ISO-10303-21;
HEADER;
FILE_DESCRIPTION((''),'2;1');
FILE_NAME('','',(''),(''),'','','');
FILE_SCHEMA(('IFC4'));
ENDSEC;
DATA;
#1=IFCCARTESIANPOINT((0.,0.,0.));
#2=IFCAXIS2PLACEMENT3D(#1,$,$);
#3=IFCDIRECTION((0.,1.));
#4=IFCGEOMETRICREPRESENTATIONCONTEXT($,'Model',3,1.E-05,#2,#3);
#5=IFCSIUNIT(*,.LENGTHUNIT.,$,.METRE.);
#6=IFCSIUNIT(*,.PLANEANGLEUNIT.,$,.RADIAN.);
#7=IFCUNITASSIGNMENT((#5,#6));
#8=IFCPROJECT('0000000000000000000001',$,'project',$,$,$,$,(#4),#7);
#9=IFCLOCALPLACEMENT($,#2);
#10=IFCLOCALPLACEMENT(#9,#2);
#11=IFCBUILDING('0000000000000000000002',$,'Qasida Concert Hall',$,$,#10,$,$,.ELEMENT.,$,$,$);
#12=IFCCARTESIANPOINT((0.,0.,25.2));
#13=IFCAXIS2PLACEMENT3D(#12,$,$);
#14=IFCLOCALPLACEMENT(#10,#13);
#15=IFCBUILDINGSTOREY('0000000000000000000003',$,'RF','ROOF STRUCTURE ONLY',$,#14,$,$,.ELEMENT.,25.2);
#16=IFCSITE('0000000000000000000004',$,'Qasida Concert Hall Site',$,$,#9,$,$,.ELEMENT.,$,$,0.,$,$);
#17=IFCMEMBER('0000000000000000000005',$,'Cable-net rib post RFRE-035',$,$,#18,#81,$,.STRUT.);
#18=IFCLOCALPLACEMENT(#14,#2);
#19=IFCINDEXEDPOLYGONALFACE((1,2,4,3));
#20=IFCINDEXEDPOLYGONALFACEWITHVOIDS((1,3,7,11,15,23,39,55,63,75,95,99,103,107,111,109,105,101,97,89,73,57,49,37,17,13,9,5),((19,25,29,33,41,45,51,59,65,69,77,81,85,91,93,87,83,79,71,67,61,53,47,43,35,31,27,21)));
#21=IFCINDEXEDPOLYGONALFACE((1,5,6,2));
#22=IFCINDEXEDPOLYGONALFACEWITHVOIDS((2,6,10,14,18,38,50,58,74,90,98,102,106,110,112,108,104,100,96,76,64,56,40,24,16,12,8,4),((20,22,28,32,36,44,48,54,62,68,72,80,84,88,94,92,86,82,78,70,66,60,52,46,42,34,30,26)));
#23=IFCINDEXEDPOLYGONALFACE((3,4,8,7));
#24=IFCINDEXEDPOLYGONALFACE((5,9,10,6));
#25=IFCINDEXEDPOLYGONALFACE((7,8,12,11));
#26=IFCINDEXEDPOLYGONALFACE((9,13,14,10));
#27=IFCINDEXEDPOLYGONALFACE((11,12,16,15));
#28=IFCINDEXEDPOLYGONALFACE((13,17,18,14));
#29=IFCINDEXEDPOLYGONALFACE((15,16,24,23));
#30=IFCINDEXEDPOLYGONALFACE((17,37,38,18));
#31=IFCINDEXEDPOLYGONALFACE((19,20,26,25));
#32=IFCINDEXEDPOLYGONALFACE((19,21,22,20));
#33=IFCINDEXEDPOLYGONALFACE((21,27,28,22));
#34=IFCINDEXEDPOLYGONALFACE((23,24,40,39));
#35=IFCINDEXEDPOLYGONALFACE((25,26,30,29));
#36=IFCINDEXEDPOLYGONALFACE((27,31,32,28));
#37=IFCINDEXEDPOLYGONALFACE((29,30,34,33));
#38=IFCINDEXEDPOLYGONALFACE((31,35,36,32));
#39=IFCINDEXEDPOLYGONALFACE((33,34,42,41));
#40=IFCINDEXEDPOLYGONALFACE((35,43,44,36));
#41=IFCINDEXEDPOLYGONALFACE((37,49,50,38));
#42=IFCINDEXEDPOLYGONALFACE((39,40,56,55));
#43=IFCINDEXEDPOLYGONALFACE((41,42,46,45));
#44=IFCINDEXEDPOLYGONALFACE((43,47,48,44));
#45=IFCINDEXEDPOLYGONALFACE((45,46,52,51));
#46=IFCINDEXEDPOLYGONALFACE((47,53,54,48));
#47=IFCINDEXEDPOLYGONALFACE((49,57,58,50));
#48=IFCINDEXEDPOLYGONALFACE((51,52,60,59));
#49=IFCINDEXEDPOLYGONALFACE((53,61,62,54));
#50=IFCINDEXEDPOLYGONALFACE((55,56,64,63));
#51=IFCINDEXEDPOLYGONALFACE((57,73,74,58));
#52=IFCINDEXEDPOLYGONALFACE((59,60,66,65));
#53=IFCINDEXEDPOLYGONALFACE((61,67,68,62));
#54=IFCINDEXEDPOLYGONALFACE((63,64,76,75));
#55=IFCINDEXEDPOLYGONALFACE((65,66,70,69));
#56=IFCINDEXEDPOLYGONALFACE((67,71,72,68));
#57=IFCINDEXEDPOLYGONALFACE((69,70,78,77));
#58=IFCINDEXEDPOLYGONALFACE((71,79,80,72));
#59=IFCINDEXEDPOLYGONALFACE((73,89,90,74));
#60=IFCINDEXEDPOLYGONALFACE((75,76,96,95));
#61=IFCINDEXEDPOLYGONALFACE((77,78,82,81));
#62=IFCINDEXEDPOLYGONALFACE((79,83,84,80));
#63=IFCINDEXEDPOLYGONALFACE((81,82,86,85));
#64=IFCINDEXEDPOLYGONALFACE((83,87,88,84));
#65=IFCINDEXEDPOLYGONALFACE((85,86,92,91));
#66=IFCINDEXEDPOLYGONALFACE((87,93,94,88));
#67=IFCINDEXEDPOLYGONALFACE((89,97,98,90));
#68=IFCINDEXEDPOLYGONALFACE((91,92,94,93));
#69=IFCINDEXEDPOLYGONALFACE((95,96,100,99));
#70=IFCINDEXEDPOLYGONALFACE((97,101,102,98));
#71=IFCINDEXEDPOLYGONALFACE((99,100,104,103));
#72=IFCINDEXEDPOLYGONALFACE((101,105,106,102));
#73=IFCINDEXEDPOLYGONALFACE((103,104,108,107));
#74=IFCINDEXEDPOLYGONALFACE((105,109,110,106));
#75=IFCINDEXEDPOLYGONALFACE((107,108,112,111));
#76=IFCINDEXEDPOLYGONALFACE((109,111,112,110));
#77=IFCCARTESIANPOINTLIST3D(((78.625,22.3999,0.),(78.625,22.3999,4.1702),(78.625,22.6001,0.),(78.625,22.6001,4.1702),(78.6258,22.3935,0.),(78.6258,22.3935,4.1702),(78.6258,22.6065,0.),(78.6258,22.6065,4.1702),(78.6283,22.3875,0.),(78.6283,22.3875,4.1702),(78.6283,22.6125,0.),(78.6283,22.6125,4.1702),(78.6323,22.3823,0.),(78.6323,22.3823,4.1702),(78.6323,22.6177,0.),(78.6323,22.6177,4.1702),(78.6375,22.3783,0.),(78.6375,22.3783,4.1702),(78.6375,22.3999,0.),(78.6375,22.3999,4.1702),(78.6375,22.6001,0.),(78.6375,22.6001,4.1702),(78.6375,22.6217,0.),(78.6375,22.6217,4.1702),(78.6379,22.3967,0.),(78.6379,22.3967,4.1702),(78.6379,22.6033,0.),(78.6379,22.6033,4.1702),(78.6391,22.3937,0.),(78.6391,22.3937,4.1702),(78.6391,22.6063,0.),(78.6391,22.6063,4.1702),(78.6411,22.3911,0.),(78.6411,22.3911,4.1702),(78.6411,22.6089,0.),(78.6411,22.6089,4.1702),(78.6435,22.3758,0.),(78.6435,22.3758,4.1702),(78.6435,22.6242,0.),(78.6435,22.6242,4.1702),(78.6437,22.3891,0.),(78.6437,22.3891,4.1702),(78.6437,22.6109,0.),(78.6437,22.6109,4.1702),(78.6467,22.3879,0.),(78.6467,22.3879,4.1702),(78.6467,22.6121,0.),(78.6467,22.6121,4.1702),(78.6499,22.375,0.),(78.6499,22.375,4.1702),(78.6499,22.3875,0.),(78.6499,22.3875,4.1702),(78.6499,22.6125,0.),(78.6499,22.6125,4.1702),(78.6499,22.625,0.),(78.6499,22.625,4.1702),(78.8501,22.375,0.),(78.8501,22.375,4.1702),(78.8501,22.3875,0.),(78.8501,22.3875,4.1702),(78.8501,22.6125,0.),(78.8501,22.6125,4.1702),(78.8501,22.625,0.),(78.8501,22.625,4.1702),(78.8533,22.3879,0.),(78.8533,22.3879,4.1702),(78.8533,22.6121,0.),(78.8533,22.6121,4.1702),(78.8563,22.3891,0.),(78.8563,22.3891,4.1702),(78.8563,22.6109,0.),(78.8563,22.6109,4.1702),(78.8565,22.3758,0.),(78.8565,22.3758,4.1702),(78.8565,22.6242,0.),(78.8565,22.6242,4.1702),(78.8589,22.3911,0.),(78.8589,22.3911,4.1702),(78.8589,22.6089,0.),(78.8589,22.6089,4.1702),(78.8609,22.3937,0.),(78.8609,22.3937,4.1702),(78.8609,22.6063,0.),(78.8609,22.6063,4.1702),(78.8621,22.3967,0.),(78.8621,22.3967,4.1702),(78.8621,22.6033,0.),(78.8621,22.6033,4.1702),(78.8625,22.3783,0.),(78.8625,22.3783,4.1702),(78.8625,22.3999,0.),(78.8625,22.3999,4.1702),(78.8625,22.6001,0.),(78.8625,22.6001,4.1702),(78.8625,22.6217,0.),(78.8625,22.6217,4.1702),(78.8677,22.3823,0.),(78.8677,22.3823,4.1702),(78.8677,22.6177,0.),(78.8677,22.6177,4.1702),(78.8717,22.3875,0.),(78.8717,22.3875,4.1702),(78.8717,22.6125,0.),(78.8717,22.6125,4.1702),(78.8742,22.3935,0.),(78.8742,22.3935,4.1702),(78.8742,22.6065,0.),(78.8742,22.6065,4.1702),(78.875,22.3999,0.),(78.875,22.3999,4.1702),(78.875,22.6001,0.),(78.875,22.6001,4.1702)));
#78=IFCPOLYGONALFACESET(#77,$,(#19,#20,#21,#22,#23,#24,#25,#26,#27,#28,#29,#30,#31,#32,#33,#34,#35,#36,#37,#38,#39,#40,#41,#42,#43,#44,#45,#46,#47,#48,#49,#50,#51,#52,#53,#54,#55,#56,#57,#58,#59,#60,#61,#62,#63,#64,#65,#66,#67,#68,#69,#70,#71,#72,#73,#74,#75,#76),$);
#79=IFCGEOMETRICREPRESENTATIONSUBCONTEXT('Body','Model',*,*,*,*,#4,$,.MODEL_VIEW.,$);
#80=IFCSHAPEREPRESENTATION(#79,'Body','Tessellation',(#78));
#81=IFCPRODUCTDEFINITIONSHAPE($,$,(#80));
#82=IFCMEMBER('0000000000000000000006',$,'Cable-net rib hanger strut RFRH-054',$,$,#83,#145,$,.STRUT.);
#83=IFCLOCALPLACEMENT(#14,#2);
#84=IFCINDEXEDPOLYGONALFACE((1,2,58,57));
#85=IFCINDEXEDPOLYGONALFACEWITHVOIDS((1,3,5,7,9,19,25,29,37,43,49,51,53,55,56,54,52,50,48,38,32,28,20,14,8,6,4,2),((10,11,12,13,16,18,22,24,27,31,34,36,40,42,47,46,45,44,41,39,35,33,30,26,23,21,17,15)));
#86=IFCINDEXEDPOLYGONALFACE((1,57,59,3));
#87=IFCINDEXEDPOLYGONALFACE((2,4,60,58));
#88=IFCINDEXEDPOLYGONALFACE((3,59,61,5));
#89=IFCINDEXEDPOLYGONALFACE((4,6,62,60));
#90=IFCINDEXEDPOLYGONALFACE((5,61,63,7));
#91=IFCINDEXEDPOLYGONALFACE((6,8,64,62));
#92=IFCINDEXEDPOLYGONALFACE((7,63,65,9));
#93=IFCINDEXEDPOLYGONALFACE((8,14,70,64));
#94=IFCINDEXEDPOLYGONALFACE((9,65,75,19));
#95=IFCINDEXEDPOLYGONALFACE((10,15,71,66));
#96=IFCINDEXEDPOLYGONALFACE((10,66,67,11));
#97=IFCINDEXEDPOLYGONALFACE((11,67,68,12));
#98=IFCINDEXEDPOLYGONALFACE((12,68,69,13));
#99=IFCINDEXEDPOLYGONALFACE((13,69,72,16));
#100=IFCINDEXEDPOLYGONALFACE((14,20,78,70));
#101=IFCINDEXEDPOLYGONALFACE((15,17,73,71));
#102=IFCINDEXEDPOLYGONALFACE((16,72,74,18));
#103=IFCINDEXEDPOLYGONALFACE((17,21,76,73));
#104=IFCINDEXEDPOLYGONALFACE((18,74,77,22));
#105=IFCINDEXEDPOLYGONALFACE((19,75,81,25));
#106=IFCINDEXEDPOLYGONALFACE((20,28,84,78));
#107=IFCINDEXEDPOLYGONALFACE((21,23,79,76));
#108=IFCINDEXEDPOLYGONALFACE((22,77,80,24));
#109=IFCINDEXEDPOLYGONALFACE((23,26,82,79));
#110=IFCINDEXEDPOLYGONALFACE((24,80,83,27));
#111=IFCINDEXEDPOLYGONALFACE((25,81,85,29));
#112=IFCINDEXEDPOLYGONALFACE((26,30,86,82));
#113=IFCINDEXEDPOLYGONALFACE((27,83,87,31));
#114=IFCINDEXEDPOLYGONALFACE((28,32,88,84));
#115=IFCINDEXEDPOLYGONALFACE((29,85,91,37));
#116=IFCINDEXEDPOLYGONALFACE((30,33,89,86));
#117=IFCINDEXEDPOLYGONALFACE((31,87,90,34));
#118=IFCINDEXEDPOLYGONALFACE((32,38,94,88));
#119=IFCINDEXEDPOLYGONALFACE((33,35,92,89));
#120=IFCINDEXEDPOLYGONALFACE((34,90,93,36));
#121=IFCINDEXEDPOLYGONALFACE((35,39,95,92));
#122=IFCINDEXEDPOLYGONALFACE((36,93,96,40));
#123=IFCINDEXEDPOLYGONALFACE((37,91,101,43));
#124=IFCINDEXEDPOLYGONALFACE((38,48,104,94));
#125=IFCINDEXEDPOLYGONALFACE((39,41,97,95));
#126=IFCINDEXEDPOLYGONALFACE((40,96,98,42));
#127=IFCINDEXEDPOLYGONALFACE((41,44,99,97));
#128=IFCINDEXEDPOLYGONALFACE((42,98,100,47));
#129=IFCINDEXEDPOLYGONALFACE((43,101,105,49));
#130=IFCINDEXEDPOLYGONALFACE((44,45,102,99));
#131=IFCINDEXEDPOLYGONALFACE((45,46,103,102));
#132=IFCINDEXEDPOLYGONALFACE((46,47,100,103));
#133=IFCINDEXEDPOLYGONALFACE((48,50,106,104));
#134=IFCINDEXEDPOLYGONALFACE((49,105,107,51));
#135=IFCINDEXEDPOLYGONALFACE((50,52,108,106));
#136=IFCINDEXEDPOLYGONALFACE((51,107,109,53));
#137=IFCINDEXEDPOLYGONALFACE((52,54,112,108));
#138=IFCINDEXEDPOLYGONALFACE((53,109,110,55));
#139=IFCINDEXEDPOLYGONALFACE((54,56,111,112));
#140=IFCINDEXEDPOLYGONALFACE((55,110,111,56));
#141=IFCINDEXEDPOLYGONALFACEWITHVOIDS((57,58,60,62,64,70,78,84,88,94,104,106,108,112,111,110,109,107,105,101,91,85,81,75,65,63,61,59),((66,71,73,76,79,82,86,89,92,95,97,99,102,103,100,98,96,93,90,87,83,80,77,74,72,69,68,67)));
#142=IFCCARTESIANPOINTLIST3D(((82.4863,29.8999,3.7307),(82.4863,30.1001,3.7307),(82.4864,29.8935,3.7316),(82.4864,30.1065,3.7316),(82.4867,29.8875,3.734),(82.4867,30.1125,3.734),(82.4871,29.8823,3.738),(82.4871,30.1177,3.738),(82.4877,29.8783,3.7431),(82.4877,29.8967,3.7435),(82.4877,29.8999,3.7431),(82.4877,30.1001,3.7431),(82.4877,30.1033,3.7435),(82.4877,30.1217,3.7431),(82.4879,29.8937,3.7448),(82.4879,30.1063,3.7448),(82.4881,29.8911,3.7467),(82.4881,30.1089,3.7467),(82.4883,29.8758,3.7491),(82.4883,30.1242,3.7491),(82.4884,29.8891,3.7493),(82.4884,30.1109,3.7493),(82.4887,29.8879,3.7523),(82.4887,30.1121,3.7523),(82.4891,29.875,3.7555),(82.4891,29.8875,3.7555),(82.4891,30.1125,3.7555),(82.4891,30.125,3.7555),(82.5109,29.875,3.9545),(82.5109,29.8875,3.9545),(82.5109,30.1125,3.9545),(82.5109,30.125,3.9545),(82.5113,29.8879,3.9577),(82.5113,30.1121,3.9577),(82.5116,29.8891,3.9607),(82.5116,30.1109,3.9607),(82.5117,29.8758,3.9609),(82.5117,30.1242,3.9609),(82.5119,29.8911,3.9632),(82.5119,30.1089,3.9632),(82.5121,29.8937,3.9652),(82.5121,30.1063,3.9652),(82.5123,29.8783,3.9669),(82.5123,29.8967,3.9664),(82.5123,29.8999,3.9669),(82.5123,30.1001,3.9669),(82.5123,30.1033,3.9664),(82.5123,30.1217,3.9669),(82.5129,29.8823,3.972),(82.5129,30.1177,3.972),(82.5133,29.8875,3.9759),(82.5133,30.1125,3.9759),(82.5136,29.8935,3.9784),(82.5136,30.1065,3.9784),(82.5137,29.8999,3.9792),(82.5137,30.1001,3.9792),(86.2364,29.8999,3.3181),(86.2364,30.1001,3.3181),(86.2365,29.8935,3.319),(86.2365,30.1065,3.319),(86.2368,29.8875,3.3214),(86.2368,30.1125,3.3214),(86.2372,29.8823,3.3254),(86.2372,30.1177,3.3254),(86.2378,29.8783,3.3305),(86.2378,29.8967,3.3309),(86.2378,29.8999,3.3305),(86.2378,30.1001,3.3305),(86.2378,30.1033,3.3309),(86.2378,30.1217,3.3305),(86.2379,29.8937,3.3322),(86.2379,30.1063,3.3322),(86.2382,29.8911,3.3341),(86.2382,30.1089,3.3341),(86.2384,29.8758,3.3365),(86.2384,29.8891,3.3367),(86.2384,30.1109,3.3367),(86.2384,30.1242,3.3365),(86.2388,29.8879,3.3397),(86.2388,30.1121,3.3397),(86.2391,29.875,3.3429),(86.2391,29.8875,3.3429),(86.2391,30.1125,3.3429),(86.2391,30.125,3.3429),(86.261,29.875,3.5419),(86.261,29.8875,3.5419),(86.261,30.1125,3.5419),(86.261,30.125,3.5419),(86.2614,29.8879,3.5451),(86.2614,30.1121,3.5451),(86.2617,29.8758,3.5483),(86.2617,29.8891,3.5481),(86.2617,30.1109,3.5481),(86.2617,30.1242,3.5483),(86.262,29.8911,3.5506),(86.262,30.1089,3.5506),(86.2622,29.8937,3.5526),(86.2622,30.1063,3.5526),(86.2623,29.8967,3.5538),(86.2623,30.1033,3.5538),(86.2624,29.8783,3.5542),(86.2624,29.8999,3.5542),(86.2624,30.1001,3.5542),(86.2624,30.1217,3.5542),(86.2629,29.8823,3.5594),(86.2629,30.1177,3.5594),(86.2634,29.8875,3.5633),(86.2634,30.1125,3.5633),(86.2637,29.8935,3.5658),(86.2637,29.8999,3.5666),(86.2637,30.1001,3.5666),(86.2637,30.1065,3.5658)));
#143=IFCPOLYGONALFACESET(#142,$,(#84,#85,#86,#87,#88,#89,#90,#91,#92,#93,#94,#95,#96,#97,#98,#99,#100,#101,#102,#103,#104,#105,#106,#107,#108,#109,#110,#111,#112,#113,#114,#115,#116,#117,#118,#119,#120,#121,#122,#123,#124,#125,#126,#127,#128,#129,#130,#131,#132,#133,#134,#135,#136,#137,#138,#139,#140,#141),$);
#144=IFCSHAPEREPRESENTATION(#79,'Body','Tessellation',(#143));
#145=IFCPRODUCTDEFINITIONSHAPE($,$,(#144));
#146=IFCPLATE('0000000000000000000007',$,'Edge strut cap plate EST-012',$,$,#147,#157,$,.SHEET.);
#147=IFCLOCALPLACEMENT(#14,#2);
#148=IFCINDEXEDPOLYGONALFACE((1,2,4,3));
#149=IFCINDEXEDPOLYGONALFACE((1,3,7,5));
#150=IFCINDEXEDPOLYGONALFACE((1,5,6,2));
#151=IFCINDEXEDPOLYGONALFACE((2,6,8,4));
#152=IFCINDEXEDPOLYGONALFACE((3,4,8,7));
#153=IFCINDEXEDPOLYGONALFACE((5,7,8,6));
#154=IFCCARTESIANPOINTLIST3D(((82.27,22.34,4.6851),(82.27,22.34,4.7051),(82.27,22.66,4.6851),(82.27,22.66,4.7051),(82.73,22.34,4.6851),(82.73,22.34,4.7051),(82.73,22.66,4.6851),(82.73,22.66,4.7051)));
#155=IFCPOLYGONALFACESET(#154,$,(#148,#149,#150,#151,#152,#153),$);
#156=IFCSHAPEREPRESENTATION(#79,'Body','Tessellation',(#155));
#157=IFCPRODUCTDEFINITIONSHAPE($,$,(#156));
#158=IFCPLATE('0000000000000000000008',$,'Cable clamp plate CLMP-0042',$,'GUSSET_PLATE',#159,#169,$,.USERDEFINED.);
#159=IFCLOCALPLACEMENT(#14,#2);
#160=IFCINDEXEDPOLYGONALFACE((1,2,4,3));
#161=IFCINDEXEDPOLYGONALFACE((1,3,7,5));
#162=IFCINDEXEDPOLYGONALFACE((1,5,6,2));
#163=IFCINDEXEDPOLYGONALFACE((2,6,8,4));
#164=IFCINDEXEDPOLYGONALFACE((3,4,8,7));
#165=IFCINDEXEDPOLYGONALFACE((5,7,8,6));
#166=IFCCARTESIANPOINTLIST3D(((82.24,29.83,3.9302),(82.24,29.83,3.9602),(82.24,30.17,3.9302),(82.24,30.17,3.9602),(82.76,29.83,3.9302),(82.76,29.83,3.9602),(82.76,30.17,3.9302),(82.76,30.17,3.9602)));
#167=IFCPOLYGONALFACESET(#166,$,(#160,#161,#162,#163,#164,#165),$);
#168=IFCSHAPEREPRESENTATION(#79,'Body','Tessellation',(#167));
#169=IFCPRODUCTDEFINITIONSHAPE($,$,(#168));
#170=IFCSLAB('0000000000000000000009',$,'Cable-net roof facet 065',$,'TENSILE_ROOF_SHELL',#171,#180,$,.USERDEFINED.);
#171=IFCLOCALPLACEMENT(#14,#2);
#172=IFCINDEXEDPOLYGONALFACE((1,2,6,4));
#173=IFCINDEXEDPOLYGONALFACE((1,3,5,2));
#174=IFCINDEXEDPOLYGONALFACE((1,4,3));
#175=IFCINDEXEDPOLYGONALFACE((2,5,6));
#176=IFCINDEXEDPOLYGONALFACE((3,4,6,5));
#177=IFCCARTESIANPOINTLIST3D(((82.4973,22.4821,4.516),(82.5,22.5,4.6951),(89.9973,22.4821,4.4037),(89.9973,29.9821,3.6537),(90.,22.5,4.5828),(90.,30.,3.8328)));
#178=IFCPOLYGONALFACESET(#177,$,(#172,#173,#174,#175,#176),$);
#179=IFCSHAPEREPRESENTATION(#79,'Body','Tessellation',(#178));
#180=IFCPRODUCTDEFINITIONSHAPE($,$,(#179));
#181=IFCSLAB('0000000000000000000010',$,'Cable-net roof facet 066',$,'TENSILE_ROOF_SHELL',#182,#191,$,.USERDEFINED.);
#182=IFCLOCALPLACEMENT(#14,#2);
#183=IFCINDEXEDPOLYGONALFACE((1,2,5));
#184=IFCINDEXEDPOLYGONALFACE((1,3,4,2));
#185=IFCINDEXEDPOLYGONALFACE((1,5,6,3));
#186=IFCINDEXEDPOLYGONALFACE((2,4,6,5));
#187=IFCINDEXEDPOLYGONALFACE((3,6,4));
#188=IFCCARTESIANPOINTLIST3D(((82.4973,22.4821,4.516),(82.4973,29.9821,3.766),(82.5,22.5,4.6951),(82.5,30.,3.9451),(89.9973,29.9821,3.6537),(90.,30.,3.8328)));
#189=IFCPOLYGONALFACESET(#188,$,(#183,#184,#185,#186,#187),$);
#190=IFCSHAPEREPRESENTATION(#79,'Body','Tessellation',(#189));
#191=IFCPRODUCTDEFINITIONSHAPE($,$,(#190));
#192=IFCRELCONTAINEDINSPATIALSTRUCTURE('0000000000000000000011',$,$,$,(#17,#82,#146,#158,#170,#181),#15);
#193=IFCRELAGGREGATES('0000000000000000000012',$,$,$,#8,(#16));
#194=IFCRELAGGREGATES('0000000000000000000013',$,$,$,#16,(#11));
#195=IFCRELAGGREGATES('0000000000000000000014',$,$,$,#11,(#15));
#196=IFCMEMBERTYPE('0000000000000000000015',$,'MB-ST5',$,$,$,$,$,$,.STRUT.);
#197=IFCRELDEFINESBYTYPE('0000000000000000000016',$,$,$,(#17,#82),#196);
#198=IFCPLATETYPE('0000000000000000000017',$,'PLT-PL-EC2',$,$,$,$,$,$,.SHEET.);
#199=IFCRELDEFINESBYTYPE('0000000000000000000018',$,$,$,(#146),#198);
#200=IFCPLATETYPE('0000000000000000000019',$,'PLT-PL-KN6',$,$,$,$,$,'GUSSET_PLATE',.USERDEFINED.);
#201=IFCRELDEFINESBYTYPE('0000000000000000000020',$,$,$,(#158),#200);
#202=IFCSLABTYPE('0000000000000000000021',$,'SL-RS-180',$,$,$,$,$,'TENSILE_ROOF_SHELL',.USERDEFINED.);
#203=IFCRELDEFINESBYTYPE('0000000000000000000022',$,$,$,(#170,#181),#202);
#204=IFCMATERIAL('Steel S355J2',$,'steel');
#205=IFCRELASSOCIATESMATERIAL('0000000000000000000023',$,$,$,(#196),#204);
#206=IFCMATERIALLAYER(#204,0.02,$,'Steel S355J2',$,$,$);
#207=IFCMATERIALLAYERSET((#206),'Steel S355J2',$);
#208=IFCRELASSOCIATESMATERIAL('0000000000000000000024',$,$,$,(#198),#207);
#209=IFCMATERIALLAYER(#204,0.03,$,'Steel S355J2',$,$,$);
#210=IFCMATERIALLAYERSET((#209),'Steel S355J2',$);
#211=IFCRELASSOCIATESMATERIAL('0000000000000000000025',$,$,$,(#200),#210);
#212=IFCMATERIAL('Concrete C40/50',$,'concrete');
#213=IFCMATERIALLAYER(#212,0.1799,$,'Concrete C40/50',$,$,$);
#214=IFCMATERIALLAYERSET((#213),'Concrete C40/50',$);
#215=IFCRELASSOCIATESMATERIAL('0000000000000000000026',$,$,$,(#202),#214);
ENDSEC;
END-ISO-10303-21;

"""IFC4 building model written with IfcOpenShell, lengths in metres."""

from ifc_helpers import new_model, si_unit, direction, frame, origin, origin_2d, place, context, subcontext, project, spatial, polyline, rectangle, hollow_rectangle, outline, extrude, material, layer, layer_set, material_profile, profile_set, type_object, element, save


model = new_model("IFC4")

# Units and contexts
model_context = context("Model", 3, precision=1e-05, world=origin(), true_north=direction((0.0, 1.0)))
body_context = subcontext(model_context, "Body", "Model", "MODEL_VIEW")
ifc_project = project(units=[si_unit("LENGTHUNIT", "METRE"), si_unit("PLANEANGLEUNIT", "RADIAN")], contexts=[model_context])

# Site, building, storey
site_placement = place(None, origin())
site = spatial("IfcSite", under=ifc_project, at=site_placement, Name="Qasida Concert Hall Site", CompositionType="ELEMENT", RefElevation=0.0)
building_placement = place(site_placement, origin())
building = spatial("IfcBuilding", under=site, at=building_placement, Name="Qasida Concert Hall", CompositionType="ELEMENT")
storey_placement = place(building_placement, frame((0.0, 0.0, 25.2)))
storey = spatial("IfcBuildingStorey", under=building, at=storey_placement, Name="RF", Description="ROOF STRUCTURE ONLY", CompositionType="ELEMENT", Elevation=25.2)

# Members
ifc_material_1 = material(Name="Steel S355J2", Category="steel")
ifc_material_profile_1 = material_profile(ifc_material_1, hollow_rectangle(XDim=0.25, YDim=0.25, WallThickness=0.0125, InnerFilletRadius=0.0125, OuterFilletRadius=0.0249, at=origin_2d()), Name="SHS 250x250x12.5")
ifc_profile_set_1 = profile_set([ifc_material_profile_1], Name="Steel S355J2")
member_type_1 = type_object("IfcMemberType", Name="MB-ST5", PredefinedType="STRUT", material=ifc_profile_set_1)
member_1_placement = place(storey_placement, frame((78.75, 22.5, 0.0), z_axis=(0.0, 0.0, 1.0), x_axis=(1.0, 0.0, 0.0)))
element("IfcMember", 1, at=member_1_placement, inside=storey, type_object=member_type_1, Name="Cable-net rib post RFRE-035", PredefinedType="STRUT", context=body_context, shape_type="SweptSolid", body=[
    extrude(hollow_rectangle(XDim=0.25, YDim=0.25, WallThickness=0.0125, InnerFilletRadius=0.0125, OuterFilletRadius=0.0249, at=origin_2d()), origin(), (0.0, 0.0, 1.0), 4.1702),
])
member_2_placement = place(storey_placement, frame((82.5, 30.0, 3.855), z_axis=(0.994002, 0.0, -0.109366), x_axis=(0.0, 1.0, 0.0)))
element("IfcMember", 2, at=member_2_placement, inside=storey, type_object=member_type_1, Name="Cable-net rib hanger strut RFRH-054", PredefinedType="STRUT", context=body_context, shape_type="SweptSolid", body=[
    extrude(hollow_rectangle(XDim=0.25, YDim=0.25, WallThickness=0.0125, InnerFilletRadius=0.0125, OuterFilletRadius=0.0249, at=origin_2d()), origin(), (0.0, 0.0, 1.0), 3.7727),
])

# Plates
ifc_layer_1 = layer(ifc_material_1, 0.02, Name="Steel S355J2")
ifc_layer_set_1 = layer_set([ifc_layer_1], Name="Steel S355J2")
plate_type_1 = type_object("IfcPlateType", Name="PLT-PL-EC2", PredefinedType="SHEET", material=ifc_layer_set_1)
plate_1_placement = place(storey_placement, frame((82.5, 22.5, 4.6851), z_axis=(0.0, 0.0, 1.0), x_axis=(1.0, 0.0, 0.0)))
element("IfcPlate", 3, at=plate_1_placement, inside=storey, type_object=plate_type_1, Name="Edge strut cap plate EST-012", PredefinedType="SHEET", context=body_context, shape_type="SweptSolid", body=[
    extrude(rectangle(XDim=0.46, YDim=0.3201, at=origin_2d()), origin(), (0.0, 0.0, 1.0), 0.02),
])
ifc_layer_2 = layer(ifc_material_1, 0.03, Name="Steel S355J2")
ifc_layer_set_2 = layer_set([ifc_layer_2], Name="Steel S355J2")
plate_type_2 = type_object("IfcPlateType", Name="PLT-PL-KN6", ElementType="GUSSET_PLATE", PredefinedType="USERDEFINED", material=ifc_layer_set_2)
plate_2_placement = place(storey_placement, frame((82.5, 30.0, 3.9302), z_axis=(0.0, 0.0, 1.0), x_axis=(1.0, 0.0, 0.0)))
element("IfcPlate", 4, at=plate_2_placement, inside=storey, type_object=plate_type_2, Name="Cable clamp plate CLMP-0042", ObjectType="GUSSET_PLATE", PredefinedType="USERDEFINED", context=body_context, shape_type="SweptSolid", body=[
    extrude(rectangle(XDim=0.52, YDim=0.3401, at=origin_2d()), origin(), (0.0, 0.0, 1.0), 0.03),
])

# Slabs
ifc_material_2 = material(Name="Concrete C40/50", Category="concrete")
ifc_layer_3 = layer(ifc_material_2, 0.1799, Name="Concrete C40/50")
ifc_layer_set_3 = layer_set([ifc_layer_3], Name="Concrete C40/50")
slab_type = type_object("IfcSlabType", Name="SL-RS-180", ElementType="TENSILE_ROOF_SHELL", PredefinedType="USERDEFINED", material=ifc_layer_set_3)
slab_1_placement = place(storey_placement, frame((82.5, 22.5, 4.6951), z_axis=(0.014898, 0.099493, 0.994927), x_axis=(0.999888, 0.0, -0.014972)))
element("IfcSlab", 5, at=slab_1_placement, inside=storey, type_object=slab_type, Name="Cable-net roof facet 065", ObjectType="TENSILE_ROOF_SHELL", PredefinedType="USERDEFINED", context=body_context, shape_type="SweptSolid", body=[
    extrude(outline(polyline([(0.0, 0.0), (7.5008, 0.0), (7.5121, 7.5374), (0.0, 0.0)])), origin(), (0.0, 0.0, -1.0), 0.1799),
])
slab_2_placement = place(storey_placement, frame((82.5, 22.5, 4.6951), z_axis=(0.014898, 0.099493, 0.994927), x_axis=(0.704781, 0.704781, -0.081032)))
element("IfcSlab", 6, at=slab_2_placement, inside=storey, type_object=slab_type, Name="Cable-net roof facet 066", ObjectType="TENSILE_ROOF_SHELL", PredefinedType="USERDEFINED", context=body_context, shape_type="SweptSolid", body=[
    extrude(outline(polyline([(0.0, 0.0), (10.6416, 0.0), (5.3466, 5.3128), (0.0, 0.0)])), origin(), (0.0, 0.0, -1.0), 0.1799),
])

save(model, "model.ifc")
